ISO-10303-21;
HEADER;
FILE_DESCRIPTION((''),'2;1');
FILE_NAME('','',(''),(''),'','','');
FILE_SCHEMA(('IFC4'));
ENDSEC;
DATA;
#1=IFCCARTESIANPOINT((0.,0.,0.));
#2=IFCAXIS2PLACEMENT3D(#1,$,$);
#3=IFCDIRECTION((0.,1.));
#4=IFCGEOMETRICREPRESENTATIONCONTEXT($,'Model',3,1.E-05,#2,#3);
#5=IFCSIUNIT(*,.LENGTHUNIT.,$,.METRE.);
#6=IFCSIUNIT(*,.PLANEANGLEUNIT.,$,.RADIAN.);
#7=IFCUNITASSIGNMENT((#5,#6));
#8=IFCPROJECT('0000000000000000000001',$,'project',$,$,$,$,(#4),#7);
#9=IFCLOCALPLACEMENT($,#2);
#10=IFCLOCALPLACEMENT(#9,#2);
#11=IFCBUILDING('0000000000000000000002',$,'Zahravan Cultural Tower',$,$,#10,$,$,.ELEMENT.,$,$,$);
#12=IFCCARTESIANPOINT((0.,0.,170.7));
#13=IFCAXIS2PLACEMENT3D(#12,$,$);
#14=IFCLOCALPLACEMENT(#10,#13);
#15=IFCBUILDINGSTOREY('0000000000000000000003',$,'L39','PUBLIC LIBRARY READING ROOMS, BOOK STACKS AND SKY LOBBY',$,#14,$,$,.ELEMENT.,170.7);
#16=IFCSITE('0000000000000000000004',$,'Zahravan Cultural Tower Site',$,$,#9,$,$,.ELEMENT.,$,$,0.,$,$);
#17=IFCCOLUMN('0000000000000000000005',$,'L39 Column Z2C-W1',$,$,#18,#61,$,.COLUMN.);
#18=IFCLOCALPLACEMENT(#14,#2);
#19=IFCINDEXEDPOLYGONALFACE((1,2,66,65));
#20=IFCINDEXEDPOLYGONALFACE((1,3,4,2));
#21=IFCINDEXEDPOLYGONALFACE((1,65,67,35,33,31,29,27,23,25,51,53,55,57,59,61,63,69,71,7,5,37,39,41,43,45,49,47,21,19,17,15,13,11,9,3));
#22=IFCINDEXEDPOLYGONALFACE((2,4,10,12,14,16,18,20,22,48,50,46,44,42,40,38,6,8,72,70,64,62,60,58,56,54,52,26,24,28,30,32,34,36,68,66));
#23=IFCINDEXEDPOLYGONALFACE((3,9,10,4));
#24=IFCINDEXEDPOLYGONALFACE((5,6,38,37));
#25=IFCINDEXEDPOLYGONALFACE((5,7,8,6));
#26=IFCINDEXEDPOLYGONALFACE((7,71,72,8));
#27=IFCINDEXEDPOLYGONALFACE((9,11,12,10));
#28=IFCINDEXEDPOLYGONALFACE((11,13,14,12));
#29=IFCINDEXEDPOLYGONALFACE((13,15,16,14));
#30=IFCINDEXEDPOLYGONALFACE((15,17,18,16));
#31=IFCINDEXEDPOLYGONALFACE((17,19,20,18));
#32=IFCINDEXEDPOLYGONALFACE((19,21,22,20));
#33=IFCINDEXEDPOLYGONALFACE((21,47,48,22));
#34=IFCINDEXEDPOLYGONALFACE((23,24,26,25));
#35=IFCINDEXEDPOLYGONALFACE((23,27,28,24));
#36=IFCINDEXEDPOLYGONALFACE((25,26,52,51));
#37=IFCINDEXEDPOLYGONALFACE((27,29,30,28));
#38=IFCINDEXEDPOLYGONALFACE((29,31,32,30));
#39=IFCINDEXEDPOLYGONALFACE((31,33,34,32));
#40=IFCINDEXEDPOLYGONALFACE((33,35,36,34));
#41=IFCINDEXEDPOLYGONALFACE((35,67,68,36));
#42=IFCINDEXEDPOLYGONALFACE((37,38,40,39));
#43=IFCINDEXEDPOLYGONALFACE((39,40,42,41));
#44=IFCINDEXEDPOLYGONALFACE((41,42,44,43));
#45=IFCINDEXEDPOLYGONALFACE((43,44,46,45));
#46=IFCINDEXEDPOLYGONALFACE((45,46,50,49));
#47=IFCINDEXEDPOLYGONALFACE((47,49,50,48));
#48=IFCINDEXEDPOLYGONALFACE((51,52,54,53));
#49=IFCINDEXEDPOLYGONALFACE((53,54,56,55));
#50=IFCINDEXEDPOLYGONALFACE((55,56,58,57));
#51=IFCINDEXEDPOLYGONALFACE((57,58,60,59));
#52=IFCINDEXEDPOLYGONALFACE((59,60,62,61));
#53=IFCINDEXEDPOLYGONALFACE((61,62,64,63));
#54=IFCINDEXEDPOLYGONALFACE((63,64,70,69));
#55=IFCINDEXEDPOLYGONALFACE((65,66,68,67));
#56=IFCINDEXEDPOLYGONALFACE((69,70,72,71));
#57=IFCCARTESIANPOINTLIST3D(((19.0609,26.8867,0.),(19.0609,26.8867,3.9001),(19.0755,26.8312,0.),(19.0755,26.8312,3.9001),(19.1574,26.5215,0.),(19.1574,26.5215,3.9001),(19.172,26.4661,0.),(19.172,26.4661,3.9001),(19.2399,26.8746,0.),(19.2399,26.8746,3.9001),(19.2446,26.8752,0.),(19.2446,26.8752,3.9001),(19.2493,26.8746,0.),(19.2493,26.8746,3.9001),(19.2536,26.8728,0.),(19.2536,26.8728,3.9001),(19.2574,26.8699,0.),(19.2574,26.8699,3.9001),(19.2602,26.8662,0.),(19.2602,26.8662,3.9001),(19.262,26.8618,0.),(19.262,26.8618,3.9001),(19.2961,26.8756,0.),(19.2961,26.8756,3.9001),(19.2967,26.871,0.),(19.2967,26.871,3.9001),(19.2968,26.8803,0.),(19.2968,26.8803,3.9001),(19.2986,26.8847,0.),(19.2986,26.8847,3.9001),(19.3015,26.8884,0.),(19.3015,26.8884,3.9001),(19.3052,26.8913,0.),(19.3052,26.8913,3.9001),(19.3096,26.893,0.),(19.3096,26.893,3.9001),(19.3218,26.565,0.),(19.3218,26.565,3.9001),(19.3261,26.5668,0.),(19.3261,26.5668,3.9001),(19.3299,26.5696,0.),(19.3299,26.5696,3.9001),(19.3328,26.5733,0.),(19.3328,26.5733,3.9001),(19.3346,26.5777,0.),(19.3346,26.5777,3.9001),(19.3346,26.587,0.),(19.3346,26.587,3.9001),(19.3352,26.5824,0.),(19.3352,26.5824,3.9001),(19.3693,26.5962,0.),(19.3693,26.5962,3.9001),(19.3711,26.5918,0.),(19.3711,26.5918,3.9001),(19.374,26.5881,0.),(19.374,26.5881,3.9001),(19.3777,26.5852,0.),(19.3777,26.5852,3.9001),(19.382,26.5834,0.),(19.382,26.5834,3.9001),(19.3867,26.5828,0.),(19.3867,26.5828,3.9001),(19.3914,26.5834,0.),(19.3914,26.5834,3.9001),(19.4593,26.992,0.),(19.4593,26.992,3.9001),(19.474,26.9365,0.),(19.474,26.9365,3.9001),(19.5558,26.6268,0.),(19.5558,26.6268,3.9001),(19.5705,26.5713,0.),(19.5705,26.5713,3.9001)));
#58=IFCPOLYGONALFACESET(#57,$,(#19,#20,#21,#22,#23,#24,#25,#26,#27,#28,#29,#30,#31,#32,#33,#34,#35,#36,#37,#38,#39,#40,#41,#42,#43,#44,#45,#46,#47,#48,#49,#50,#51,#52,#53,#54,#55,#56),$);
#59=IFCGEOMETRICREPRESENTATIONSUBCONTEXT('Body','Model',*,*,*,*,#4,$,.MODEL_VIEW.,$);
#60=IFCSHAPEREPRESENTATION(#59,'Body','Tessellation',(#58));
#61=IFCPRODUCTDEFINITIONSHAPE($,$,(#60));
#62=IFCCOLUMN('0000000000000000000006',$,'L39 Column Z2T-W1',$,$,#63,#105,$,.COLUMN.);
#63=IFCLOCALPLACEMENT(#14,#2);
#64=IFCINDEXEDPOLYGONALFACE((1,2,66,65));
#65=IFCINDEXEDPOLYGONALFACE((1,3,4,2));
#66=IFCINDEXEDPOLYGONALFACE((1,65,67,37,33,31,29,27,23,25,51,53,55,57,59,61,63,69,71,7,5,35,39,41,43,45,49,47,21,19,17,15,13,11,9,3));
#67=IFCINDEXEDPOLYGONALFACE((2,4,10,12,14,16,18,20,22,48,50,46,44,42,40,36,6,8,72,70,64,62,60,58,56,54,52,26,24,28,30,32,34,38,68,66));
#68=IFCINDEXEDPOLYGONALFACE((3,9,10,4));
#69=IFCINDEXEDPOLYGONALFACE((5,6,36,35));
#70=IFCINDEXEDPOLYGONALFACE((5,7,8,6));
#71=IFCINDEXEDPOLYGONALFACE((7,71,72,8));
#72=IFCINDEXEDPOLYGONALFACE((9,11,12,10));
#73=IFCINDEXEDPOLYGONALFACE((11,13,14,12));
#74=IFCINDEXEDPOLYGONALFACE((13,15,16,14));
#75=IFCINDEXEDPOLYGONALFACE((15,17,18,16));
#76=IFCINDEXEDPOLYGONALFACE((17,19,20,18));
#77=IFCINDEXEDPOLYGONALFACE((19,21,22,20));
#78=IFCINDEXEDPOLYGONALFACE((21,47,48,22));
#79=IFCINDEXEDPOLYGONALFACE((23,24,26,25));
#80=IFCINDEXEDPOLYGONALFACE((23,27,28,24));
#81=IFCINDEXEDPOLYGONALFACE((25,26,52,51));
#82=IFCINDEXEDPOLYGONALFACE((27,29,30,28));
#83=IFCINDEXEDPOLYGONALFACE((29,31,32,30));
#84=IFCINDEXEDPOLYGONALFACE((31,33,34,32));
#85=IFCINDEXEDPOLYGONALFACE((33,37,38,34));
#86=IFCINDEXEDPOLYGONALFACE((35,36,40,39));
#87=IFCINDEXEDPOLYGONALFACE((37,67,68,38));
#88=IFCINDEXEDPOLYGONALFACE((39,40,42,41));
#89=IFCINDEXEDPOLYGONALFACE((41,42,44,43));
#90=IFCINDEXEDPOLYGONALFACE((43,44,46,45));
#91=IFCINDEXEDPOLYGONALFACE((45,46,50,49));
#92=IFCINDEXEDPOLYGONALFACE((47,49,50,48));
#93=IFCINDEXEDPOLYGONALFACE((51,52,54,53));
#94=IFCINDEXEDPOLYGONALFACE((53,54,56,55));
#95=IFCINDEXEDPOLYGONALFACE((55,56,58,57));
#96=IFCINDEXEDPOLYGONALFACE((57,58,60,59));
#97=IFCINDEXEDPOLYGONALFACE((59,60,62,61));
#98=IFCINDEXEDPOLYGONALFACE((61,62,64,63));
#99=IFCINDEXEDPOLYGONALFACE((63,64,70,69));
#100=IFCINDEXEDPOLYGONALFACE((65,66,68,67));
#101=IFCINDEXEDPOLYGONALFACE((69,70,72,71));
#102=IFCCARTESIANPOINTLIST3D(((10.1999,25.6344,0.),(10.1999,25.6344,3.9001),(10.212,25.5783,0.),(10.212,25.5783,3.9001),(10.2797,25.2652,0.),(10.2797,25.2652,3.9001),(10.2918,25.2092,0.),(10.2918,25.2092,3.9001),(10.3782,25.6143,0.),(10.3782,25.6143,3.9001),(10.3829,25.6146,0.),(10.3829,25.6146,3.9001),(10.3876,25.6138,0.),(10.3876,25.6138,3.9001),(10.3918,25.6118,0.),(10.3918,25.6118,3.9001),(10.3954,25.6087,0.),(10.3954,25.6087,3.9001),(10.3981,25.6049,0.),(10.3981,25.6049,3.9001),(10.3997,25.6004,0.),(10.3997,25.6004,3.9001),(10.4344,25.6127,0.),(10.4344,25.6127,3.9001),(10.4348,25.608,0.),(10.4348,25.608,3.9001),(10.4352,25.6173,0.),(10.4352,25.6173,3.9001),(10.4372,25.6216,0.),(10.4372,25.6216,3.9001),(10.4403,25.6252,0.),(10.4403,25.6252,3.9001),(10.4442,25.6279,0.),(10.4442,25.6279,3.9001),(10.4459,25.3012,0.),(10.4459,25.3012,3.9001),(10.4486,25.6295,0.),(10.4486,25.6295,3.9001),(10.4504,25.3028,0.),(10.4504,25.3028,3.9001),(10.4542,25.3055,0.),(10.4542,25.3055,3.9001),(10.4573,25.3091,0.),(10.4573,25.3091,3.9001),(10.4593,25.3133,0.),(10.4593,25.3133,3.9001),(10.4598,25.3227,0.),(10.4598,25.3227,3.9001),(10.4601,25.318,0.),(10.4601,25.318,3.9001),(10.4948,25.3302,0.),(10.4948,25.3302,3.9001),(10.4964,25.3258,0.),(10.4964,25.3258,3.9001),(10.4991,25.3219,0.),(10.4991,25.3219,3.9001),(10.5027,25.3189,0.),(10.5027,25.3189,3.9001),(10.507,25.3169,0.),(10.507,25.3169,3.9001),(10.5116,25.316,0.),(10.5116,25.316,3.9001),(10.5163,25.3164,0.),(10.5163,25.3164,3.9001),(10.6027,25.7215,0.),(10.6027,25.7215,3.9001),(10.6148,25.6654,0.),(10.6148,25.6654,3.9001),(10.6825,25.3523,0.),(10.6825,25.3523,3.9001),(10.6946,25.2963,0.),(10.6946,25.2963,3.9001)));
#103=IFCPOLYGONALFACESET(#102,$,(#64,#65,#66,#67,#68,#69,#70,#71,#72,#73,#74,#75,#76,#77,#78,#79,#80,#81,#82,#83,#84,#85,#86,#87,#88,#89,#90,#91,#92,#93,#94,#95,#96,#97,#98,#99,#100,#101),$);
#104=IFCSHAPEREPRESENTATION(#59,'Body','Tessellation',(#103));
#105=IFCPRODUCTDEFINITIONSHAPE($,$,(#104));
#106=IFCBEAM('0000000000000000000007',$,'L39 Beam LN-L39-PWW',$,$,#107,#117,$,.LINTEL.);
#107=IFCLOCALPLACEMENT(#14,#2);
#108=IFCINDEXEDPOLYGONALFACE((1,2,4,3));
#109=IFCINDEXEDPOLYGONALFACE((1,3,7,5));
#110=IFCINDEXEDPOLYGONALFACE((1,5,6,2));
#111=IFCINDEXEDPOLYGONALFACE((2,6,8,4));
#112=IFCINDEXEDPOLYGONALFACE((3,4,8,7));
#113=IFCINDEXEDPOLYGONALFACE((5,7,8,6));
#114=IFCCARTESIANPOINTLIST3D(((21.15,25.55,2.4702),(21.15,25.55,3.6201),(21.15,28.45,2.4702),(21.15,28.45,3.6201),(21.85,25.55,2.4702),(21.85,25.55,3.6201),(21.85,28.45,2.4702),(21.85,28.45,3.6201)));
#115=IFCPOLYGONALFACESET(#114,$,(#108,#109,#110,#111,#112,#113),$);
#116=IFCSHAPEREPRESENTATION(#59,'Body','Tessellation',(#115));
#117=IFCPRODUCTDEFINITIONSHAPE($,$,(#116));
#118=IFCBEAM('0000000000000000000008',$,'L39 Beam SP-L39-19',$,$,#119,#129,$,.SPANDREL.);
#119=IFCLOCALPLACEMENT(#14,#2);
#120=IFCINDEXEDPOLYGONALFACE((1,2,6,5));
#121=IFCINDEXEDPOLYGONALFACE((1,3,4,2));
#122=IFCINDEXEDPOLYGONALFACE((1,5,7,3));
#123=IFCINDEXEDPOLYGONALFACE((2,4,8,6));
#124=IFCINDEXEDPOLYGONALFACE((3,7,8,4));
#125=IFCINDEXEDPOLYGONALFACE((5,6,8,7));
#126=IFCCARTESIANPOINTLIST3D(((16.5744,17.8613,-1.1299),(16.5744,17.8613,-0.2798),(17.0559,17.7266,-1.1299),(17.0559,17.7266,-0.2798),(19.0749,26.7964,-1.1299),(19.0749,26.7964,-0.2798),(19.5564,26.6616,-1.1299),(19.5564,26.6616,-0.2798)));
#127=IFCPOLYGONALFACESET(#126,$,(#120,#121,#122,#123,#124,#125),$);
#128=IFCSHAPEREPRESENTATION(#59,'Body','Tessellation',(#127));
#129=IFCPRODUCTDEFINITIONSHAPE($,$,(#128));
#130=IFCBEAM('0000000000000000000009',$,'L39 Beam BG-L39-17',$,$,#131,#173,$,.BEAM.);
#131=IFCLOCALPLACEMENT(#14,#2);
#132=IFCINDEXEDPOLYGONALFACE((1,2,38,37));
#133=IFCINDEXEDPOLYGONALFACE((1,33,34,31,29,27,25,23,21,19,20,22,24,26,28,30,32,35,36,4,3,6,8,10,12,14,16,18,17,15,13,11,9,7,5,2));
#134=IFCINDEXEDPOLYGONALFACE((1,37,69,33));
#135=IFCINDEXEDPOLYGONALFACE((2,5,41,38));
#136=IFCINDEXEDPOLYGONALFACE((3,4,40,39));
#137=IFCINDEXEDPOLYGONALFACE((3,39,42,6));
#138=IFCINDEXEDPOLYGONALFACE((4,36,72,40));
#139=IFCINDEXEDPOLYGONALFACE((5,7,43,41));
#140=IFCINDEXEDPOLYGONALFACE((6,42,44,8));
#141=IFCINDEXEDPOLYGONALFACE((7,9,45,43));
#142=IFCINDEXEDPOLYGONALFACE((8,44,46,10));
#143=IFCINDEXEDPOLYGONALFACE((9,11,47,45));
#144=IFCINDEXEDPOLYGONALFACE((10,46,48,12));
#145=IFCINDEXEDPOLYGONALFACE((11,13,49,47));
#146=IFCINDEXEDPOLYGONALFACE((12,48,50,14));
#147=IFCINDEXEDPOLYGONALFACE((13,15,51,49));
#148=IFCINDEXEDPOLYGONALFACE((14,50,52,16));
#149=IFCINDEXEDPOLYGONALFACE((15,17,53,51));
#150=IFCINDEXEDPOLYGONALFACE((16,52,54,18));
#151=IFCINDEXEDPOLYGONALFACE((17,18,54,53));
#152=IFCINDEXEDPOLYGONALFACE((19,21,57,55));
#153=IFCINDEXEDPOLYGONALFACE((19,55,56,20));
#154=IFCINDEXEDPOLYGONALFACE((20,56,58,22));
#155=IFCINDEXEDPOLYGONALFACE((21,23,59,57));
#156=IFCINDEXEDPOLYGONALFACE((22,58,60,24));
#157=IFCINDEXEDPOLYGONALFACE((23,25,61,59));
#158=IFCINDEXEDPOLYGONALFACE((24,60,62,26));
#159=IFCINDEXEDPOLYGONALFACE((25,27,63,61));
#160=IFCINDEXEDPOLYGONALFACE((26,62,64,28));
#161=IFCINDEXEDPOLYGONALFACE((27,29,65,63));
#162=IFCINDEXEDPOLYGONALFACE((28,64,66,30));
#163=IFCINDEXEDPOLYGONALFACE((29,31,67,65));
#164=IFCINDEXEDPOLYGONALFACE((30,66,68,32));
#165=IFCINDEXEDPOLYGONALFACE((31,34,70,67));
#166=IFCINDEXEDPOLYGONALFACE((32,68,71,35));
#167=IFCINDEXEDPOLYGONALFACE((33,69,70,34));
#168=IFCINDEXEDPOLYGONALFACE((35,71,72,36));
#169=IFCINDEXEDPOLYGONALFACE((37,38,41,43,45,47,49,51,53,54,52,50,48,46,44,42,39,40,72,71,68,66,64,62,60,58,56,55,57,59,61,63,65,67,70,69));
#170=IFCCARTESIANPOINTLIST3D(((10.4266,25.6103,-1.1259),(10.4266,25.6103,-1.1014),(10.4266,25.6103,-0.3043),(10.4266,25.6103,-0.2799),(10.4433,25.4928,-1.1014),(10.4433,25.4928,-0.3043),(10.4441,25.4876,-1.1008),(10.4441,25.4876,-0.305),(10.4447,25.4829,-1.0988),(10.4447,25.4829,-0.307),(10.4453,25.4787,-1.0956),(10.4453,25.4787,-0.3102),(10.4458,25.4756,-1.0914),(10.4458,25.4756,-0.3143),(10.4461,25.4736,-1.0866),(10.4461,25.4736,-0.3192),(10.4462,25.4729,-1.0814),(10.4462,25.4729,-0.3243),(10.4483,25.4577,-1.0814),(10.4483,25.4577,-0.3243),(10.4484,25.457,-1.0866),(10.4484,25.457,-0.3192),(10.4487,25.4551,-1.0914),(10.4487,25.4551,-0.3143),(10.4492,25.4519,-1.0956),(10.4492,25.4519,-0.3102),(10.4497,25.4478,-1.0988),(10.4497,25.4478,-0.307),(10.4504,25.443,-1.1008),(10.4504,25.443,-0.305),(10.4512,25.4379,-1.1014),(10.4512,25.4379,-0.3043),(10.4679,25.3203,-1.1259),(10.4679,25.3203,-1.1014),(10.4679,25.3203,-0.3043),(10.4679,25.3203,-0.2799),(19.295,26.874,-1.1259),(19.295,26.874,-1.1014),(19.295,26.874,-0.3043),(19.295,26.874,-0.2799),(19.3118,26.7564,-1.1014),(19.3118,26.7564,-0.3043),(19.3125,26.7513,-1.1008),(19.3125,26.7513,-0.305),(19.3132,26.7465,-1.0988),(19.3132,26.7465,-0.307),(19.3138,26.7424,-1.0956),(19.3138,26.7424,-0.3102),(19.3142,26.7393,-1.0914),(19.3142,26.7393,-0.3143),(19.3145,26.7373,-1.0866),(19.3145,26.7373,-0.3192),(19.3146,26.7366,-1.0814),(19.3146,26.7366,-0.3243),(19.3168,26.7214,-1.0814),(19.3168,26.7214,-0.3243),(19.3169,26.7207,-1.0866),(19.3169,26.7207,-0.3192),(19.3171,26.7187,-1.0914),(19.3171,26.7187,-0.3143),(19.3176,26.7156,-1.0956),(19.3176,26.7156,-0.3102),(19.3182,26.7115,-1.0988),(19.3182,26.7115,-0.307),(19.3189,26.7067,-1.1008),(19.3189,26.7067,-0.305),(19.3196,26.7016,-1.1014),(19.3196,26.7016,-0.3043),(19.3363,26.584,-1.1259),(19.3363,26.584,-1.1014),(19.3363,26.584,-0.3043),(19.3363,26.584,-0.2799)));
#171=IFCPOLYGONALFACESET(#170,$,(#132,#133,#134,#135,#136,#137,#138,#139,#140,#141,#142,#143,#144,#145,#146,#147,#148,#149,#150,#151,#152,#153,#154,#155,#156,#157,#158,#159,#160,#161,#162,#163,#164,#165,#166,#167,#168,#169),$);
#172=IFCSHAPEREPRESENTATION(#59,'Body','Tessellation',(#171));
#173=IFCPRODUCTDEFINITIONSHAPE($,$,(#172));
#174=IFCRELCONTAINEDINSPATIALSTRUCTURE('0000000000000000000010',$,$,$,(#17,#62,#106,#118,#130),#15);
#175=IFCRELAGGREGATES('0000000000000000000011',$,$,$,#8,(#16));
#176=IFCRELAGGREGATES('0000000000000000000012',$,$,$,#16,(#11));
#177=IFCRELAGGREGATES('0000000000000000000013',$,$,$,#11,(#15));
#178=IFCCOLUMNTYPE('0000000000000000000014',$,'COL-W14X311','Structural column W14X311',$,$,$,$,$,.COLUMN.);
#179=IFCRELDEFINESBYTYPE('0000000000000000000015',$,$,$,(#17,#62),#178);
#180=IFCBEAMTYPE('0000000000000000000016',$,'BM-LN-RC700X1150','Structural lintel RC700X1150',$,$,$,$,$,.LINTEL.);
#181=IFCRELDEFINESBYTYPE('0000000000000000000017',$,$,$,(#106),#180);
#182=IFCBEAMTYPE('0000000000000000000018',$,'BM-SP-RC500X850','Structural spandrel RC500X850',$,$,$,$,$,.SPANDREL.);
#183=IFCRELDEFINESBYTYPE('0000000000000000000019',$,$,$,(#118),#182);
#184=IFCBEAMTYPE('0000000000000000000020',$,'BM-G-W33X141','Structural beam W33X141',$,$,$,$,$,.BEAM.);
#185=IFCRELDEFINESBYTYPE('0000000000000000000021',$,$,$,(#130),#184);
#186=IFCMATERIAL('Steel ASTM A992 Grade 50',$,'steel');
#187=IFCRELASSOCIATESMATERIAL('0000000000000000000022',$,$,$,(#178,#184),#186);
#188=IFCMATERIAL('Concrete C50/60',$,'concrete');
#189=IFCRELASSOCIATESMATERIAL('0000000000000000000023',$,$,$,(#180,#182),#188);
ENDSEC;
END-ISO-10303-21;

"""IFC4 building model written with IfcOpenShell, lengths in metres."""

from ifc_helpers import new_model, si_unit, direction, frame, origin, origin_2d, place, context, subcontext, project, spatial, rectangle, i_section, extrude, source, transform, mapped, material, material_profile, profile_set, type_object, element, save


model = new_model("IFC4")

# Units and contexts
model_context = context("Model", 3, precision=1e-05, world=origin(), true_north=direction((0.0, 1.0)))
body_context = subcontext(model_context, "Body", "Model", "MODEL_VIEW")
ifc_project = project(units=[si_unit("LENGTHUNIT", "METRE"), si_unit("PLANEANGLEUNIT", "RADIAN")], contexts=[model_context])

# Site, building, storey
site_placement = place(None, origin())
site = spatial("IfcSite", under=ifc_project, at=site_placement, Name="Zahravan Cultural Tower Site", CompositionType="ELEMENT", RefElevation=0.0)
building_placement = place(site_placement, origin())
building = spatial("IfcBuilding", under=site, at=building_placement, Name="Zahravan Cultural Tower", CompositionType="ELEMENT")
storey_placement = place(building_placement, frame((0.0, 0.0, 170.7)))
storey = spatial("IfcBuildingStorey", under=building, at=storey_placement, Name="L39", Description="PUBLIC LIBRARY READING ROOMS, BOOK STACKS AND SKY LOBBY", CompositionType="ELEMENT", Elevation=170.7)

# Columns
ifc_material_1 = material(Name="Steel ASTM A992 Grade 50", Category="steel")
ifc_material_profile_1 = material_profile(ifc_material_1, i_section(OverallWidth=0.4121, OverallDepth=0.4351, WebThickness=0.0359, FlangeThickness=0.0574, FilletRadius=0.0181, at=origin_2d()), Name="W14X311")
ifc_profile_set_1 = profile_set([ifc_material_profile_1], Name="Steel ASTM A992 Grade 50")
column_type = type_object("IfcColumnType", Name="COL-W14X311", Description="Structural column W14X311", PredefinedType="COLUMN", material=ifc_profile_set_1)
shared_shape_1 = source(origin(), body_context, "Body", "SweptSolid", [
    extrude(i_section(OverallWidth=0.4121, OverallDepth=0.4351, WebThickness=0.0359, FlangeThickness=0.0574, FilletRadius=0.0181, at=origin_2d()), origin(), (0.0, 0.0, 1.0), 3.9001),
])
for number, where, z_axis, x_axis, name in (
    (1, (19.3157, 26.729, 0.0), (0.0, 0.0, 1.0), (0.966823, 0.255446, 0.0), "L39 Column Z2C-W1"),
    (2, (10.4473, 25.4653, 0.0), (0.0, 0.0, 1.0), (0.977416, 0.211325, 0.0), "L39 Column Z2T-W1"),
):
    element("IfcColumn", number, at=place(storey_placement, frame(where, z_axis=z_axis, x_axis=x_axis)), inside=storey, type_object=column_type, Name=name, PredefinedType="COLUMN", context=body_context, shape_type="MappedRepresentation", body=[
        mapped(shared_shape_1, transform((0.0, 0.0, 0.0), x_axis=(1.0, 0.0, 0.0), y_axis=(0.0, 1.0, 0.0), z_axis=(0.0, 0.0, 1.0), scale=1.0)),
    ])

# Beams
ifc_material_2 = material(Name="Concrete C50/60", Category="concrete")
ifc_material_profile_2 = material_profile(ifc_material_2, rectangle(XDim=0.7, YDim=1.1499, at=origin_2d()), Name="RC700X1150")
ifc_profile_set_2 = profile_set([ifc_material_profile_2], Name="Concrete C50/60")
beam_type_1 = type_object("IfcBeamType", Name="BM-LN-RC700X1150", Description="Structural lintel RC700X1150", PredefinedType="LINTEL", material=ifc_profile_set_2)
shared_shape_2 = source(origin(), body_context, "Body", "SweptSolid", [
    extrude(rectangle(XDim=0.7, YDim=1.1499, at=origin_2d()), origin(), (0.0, 0.0, 1.0), 2.8999),
])
beam_1_placement = place(storey_placement, frame((21.5, 25.55, 3.0452), z_axis=(0.0, 1.0, 0.0), x_axis=(-1.0, 0.0, 0.0)))
element("IfcBeam", 3, at=beam_1_placement, inside=storey, type_object=beam_type_1, Name="L39 Beam LN-L39-PWW", PredefinedType="LINTEL", context=body_context, shape_type="MappedRepresentation", body=[
    mapped(shared_shape_2, transform((0.0, 0.0, 0.0), x_axis=(1.0, 0.0, 0.0), y_axis=(0.0, 1.0, 0.0), z_axis=(0.0, 0.0, 1.0), scale=1.0)),
])
ifc_material_profile_3 = material_profile(ifc_material_2, rectangle(XDim=0.5, YDim=0.8501, at=origin_2d()), Name="RC500X850")
ifc_profile_set_3 = profile_set([ifc_material_profile_3], Name="Concrete C50/60")
beam_type_2 = type_object("IfcBeamType", Name="BM-SP-RC500X850", Description="Structural spandrel RC500X850", PredefinedType="SPANDREL", material=ifc_profile_set_3)
shared_shape_3 = source(origin(), body_context, "Body", "SweptSolid", [
    extrude(rectangle(XDim=0.5, YDim=0.8501, at=origin_2d()), origin(), (0.0, 0.0, 1.0), 9.2783),
])
beam_2_placement = place(storey_placement, frame((19.3157, 26.729, -0.7048), z_axis=(-0.269497, -0.963001, 0.0), x_axis=(0.963001, -0.269497, 0.0)))
element("IfcBeam", 4, at=beam_2_placement, inside=storey, type_object=beam_type_2, Name="L39 Beam SP-L39-19", PredefinedType="SPANDREL", context=body_context, shape_type="MappedRepresentation", body=[
    mapped(shared_shape_3, transform((0.0, 0.0, 0.0), x_axis=(1.0, 0.0, 0.0), y_axis=(0.0, 1.0, 0.0), z_axis=(0.0, 0.0, 1.0), scale=1.0)),
])
ifc_material_profile_4 = material_profile(ifc_material_1, i_section(OverallWidth=0.293, OverallDepth=0.8459, WebThickness=0.0154, FlangeThickness=0.0244, FilletRadius=0.02, at=origin_2d()), Name="W33X141")
ifc_profile_set_4 = profile_set([ifc_material_profile_4], Name="Steel ASTM A992 Grade 50")
beam_type_3 = type_object("IfcBeamType", Name="BM-G-W33X141", Description="Structural beam W33X141", PredefinedType="BEAM", material=ifc_profile_set_4)
shared_shape_4 = source(origin(), body_context, "Body", "SweptSolid", [
    extrude(i_section(OverallWidth=0.293, OverallDepth=0.8459, WebThickness=0.0154, FlangeThickness=0.0244, FilletRadius=0.02, at=origin_2d()), origin(), (0.0, 0.0, 1.0), 8.958),
])
beam_3_placement = place(storey_placement, frame((19.3157, 26.729, -0.7029), z_axis=(-0.99, -0.141067, 0.0), x_axis=(0.141067, -0.99, 0.0)))
element("IfcBeam", 5, at=beam_3_placement, inside=storey, type_object=beam_type_3, Name="L39 Beam BG-L39-17", PredefinedType="BEAM", context=body_context, shape_type="MappedRepresentation", body=[
    mapped(shared_shape_4, transform((0.0, 0.0, 0.0), x_axis=(1.0, 0.0, 0.0), y_axis=(0.0, 1.0, 0.0), z_axis=(0.0, 0.0, 1.0), scale=1.0)),
])

save(model, "model.ifc")
